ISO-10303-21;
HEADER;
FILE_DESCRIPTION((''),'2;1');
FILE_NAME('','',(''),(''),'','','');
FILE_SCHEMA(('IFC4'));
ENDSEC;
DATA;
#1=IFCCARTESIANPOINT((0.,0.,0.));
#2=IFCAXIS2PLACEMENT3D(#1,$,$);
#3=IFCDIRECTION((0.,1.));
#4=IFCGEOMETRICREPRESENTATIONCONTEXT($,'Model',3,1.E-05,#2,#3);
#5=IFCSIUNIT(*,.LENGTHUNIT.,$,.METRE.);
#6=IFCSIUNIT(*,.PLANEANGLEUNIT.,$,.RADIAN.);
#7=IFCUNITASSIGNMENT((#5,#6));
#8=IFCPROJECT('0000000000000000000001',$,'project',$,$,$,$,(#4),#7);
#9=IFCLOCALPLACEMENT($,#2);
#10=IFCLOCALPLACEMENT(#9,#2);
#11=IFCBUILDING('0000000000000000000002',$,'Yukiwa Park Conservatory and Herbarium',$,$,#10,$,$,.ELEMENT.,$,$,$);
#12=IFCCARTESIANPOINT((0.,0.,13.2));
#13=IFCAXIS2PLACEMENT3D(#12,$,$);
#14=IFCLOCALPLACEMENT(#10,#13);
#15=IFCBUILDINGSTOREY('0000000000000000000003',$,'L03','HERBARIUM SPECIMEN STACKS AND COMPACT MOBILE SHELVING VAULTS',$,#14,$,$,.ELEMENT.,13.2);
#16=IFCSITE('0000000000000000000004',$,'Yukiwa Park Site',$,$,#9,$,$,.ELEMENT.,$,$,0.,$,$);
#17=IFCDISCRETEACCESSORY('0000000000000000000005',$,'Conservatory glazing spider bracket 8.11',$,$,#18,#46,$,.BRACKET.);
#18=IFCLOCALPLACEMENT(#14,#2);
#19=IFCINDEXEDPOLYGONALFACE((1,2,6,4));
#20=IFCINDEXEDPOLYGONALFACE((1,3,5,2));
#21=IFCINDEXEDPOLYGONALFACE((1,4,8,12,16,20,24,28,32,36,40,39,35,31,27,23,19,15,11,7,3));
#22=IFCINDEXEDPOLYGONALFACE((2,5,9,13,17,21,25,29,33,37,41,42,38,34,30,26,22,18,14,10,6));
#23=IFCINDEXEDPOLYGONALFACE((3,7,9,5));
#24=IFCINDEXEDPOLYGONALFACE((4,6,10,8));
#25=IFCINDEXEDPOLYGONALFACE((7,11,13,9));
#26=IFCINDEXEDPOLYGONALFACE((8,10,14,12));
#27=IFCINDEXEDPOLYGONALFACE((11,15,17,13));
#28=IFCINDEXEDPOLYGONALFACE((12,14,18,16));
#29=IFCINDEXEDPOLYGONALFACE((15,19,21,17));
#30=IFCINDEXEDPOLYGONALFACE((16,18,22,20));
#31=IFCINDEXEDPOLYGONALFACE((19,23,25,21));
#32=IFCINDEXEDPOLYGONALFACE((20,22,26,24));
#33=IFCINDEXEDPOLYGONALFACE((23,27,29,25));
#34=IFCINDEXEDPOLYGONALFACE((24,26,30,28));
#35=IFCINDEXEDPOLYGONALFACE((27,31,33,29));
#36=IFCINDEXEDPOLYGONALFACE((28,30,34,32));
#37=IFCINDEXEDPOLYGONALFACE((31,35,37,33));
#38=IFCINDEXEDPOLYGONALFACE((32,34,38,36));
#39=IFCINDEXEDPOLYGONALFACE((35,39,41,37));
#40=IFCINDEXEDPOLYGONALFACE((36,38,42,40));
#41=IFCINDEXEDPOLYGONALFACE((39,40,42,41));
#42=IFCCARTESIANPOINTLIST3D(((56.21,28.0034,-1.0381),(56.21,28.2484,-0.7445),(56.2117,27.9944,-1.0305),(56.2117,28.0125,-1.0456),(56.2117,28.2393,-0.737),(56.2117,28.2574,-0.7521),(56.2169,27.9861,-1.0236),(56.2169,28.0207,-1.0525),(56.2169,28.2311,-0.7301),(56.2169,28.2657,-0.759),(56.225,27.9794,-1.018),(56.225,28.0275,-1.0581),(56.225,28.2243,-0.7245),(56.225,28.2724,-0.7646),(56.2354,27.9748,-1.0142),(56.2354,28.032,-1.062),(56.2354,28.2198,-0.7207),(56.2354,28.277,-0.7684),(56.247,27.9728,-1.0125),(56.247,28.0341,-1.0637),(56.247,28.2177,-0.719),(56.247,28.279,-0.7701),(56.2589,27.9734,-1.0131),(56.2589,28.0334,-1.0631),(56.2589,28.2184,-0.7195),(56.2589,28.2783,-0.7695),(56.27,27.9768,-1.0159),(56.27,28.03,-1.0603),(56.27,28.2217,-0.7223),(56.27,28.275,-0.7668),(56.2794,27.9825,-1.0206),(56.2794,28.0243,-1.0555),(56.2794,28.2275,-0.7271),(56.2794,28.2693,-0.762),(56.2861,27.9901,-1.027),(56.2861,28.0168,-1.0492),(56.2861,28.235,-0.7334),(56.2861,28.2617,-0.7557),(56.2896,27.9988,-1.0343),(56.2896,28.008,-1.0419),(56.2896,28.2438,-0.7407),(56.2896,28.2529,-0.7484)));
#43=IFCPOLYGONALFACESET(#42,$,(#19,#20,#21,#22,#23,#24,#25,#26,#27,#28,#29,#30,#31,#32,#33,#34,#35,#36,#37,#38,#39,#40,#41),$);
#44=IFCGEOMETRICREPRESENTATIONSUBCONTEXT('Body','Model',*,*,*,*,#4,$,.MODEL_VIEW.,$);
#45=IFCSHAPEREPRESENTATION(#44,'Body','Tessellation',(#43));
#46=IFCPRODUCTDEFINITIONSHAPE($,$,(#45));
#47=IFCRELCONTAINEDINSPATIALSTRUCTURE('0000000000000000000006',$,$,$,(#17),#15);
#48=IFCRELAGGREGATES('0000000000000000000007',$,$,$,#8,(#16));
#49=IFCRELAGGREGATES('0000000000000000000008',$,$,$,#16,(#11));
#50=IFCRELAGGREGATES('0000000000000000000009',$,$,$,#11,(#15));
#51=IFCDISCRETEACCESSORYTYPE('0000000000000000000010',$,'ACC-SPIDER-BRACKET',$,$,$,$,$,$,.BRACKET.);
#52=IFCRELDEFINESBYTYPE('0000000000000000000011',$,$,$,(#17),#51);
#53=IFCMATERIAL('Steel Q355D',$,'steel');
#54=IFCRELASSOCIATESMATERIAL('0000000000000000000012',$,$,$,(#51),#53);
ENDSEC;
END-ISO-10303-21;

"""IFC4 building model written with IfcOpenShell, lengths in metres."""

from ifc_helpers import new_model, si_unit, direction, frame, origin, origin_2d, place, context, subcontext, project, spatial, circle, extrude, material, type_object, element, save


model = new_model("IFC4")

# Units and contexts
model_context = context("Model", 3, precision=1e-05, world=origin(), true_north=direction((0.0, 1.0)))
body_context = subcontext(model_context, "Body", "Model", "MODEL_VIEW")
ifc_project = project(units=[si_unit("LENGTHUNIT", "METRE"), si_unit("PLANEANGLEUNIT", "RADIAN")], contexts=[model_context])

# Site, building, storey
site_placement = place(None, origin())
site = spatial("IfcSite", under=ifc_project, at=site_placement, Name="Yukiwa Park Site", CompositionType="ELEMENT", RefElevation=0.0)
building_placement = place(site_placement, origin())
building = spatial("IfcBuilding", under=site, at=building_placement, Name="Yukiwa Park Conservatory and Herbarium", CompositionType="ELEMENT")
storey_placement = place(building_placement, frame((0.0, 0.0, 13.2)))
storey = spatial("IfcBuildingStorey", under=building, at=storey_placement, Name="L03", Description="HERBARIUM SPECIMEN STACKS AND COMPACT MOBILE SHELVING VAULTS", CompositionType="ELEMENT", Elevation=13.2)

# Discrete accessory
ifc_material_1 = material(Name="Steel Q355D", Category="steel")
discrete_accessory_type = type_object("IfcDiscreteAccessoryType", Name="ACC-SPIDER-BRACKET", PredefinedType="BRACKET", material=ifc_material_1)
discrete_accessory_placement = place(storey_placement, frame((56.25, 28.0034, -1.0381), z_axis=(0.0, 0.640687, 0.767802), x_axis=(-1.0, 0.0, 0.0)))
element("IfcDiscreteAccessory", 1, at=discrete_accessory_placement, inside=storey, type_object=discrete_accessory_type, Name="Conservatory glazing spider bracket 8.11", PredefinedType="BRACKET", context=body_context, shape_type="SweptSolid", body=[
    extrude(circle(Radius=0.04, at=origin_2d()), origin(), (0.0, 0.0, 1.0), 0.3823),
])

save(model, "model.ifc")
